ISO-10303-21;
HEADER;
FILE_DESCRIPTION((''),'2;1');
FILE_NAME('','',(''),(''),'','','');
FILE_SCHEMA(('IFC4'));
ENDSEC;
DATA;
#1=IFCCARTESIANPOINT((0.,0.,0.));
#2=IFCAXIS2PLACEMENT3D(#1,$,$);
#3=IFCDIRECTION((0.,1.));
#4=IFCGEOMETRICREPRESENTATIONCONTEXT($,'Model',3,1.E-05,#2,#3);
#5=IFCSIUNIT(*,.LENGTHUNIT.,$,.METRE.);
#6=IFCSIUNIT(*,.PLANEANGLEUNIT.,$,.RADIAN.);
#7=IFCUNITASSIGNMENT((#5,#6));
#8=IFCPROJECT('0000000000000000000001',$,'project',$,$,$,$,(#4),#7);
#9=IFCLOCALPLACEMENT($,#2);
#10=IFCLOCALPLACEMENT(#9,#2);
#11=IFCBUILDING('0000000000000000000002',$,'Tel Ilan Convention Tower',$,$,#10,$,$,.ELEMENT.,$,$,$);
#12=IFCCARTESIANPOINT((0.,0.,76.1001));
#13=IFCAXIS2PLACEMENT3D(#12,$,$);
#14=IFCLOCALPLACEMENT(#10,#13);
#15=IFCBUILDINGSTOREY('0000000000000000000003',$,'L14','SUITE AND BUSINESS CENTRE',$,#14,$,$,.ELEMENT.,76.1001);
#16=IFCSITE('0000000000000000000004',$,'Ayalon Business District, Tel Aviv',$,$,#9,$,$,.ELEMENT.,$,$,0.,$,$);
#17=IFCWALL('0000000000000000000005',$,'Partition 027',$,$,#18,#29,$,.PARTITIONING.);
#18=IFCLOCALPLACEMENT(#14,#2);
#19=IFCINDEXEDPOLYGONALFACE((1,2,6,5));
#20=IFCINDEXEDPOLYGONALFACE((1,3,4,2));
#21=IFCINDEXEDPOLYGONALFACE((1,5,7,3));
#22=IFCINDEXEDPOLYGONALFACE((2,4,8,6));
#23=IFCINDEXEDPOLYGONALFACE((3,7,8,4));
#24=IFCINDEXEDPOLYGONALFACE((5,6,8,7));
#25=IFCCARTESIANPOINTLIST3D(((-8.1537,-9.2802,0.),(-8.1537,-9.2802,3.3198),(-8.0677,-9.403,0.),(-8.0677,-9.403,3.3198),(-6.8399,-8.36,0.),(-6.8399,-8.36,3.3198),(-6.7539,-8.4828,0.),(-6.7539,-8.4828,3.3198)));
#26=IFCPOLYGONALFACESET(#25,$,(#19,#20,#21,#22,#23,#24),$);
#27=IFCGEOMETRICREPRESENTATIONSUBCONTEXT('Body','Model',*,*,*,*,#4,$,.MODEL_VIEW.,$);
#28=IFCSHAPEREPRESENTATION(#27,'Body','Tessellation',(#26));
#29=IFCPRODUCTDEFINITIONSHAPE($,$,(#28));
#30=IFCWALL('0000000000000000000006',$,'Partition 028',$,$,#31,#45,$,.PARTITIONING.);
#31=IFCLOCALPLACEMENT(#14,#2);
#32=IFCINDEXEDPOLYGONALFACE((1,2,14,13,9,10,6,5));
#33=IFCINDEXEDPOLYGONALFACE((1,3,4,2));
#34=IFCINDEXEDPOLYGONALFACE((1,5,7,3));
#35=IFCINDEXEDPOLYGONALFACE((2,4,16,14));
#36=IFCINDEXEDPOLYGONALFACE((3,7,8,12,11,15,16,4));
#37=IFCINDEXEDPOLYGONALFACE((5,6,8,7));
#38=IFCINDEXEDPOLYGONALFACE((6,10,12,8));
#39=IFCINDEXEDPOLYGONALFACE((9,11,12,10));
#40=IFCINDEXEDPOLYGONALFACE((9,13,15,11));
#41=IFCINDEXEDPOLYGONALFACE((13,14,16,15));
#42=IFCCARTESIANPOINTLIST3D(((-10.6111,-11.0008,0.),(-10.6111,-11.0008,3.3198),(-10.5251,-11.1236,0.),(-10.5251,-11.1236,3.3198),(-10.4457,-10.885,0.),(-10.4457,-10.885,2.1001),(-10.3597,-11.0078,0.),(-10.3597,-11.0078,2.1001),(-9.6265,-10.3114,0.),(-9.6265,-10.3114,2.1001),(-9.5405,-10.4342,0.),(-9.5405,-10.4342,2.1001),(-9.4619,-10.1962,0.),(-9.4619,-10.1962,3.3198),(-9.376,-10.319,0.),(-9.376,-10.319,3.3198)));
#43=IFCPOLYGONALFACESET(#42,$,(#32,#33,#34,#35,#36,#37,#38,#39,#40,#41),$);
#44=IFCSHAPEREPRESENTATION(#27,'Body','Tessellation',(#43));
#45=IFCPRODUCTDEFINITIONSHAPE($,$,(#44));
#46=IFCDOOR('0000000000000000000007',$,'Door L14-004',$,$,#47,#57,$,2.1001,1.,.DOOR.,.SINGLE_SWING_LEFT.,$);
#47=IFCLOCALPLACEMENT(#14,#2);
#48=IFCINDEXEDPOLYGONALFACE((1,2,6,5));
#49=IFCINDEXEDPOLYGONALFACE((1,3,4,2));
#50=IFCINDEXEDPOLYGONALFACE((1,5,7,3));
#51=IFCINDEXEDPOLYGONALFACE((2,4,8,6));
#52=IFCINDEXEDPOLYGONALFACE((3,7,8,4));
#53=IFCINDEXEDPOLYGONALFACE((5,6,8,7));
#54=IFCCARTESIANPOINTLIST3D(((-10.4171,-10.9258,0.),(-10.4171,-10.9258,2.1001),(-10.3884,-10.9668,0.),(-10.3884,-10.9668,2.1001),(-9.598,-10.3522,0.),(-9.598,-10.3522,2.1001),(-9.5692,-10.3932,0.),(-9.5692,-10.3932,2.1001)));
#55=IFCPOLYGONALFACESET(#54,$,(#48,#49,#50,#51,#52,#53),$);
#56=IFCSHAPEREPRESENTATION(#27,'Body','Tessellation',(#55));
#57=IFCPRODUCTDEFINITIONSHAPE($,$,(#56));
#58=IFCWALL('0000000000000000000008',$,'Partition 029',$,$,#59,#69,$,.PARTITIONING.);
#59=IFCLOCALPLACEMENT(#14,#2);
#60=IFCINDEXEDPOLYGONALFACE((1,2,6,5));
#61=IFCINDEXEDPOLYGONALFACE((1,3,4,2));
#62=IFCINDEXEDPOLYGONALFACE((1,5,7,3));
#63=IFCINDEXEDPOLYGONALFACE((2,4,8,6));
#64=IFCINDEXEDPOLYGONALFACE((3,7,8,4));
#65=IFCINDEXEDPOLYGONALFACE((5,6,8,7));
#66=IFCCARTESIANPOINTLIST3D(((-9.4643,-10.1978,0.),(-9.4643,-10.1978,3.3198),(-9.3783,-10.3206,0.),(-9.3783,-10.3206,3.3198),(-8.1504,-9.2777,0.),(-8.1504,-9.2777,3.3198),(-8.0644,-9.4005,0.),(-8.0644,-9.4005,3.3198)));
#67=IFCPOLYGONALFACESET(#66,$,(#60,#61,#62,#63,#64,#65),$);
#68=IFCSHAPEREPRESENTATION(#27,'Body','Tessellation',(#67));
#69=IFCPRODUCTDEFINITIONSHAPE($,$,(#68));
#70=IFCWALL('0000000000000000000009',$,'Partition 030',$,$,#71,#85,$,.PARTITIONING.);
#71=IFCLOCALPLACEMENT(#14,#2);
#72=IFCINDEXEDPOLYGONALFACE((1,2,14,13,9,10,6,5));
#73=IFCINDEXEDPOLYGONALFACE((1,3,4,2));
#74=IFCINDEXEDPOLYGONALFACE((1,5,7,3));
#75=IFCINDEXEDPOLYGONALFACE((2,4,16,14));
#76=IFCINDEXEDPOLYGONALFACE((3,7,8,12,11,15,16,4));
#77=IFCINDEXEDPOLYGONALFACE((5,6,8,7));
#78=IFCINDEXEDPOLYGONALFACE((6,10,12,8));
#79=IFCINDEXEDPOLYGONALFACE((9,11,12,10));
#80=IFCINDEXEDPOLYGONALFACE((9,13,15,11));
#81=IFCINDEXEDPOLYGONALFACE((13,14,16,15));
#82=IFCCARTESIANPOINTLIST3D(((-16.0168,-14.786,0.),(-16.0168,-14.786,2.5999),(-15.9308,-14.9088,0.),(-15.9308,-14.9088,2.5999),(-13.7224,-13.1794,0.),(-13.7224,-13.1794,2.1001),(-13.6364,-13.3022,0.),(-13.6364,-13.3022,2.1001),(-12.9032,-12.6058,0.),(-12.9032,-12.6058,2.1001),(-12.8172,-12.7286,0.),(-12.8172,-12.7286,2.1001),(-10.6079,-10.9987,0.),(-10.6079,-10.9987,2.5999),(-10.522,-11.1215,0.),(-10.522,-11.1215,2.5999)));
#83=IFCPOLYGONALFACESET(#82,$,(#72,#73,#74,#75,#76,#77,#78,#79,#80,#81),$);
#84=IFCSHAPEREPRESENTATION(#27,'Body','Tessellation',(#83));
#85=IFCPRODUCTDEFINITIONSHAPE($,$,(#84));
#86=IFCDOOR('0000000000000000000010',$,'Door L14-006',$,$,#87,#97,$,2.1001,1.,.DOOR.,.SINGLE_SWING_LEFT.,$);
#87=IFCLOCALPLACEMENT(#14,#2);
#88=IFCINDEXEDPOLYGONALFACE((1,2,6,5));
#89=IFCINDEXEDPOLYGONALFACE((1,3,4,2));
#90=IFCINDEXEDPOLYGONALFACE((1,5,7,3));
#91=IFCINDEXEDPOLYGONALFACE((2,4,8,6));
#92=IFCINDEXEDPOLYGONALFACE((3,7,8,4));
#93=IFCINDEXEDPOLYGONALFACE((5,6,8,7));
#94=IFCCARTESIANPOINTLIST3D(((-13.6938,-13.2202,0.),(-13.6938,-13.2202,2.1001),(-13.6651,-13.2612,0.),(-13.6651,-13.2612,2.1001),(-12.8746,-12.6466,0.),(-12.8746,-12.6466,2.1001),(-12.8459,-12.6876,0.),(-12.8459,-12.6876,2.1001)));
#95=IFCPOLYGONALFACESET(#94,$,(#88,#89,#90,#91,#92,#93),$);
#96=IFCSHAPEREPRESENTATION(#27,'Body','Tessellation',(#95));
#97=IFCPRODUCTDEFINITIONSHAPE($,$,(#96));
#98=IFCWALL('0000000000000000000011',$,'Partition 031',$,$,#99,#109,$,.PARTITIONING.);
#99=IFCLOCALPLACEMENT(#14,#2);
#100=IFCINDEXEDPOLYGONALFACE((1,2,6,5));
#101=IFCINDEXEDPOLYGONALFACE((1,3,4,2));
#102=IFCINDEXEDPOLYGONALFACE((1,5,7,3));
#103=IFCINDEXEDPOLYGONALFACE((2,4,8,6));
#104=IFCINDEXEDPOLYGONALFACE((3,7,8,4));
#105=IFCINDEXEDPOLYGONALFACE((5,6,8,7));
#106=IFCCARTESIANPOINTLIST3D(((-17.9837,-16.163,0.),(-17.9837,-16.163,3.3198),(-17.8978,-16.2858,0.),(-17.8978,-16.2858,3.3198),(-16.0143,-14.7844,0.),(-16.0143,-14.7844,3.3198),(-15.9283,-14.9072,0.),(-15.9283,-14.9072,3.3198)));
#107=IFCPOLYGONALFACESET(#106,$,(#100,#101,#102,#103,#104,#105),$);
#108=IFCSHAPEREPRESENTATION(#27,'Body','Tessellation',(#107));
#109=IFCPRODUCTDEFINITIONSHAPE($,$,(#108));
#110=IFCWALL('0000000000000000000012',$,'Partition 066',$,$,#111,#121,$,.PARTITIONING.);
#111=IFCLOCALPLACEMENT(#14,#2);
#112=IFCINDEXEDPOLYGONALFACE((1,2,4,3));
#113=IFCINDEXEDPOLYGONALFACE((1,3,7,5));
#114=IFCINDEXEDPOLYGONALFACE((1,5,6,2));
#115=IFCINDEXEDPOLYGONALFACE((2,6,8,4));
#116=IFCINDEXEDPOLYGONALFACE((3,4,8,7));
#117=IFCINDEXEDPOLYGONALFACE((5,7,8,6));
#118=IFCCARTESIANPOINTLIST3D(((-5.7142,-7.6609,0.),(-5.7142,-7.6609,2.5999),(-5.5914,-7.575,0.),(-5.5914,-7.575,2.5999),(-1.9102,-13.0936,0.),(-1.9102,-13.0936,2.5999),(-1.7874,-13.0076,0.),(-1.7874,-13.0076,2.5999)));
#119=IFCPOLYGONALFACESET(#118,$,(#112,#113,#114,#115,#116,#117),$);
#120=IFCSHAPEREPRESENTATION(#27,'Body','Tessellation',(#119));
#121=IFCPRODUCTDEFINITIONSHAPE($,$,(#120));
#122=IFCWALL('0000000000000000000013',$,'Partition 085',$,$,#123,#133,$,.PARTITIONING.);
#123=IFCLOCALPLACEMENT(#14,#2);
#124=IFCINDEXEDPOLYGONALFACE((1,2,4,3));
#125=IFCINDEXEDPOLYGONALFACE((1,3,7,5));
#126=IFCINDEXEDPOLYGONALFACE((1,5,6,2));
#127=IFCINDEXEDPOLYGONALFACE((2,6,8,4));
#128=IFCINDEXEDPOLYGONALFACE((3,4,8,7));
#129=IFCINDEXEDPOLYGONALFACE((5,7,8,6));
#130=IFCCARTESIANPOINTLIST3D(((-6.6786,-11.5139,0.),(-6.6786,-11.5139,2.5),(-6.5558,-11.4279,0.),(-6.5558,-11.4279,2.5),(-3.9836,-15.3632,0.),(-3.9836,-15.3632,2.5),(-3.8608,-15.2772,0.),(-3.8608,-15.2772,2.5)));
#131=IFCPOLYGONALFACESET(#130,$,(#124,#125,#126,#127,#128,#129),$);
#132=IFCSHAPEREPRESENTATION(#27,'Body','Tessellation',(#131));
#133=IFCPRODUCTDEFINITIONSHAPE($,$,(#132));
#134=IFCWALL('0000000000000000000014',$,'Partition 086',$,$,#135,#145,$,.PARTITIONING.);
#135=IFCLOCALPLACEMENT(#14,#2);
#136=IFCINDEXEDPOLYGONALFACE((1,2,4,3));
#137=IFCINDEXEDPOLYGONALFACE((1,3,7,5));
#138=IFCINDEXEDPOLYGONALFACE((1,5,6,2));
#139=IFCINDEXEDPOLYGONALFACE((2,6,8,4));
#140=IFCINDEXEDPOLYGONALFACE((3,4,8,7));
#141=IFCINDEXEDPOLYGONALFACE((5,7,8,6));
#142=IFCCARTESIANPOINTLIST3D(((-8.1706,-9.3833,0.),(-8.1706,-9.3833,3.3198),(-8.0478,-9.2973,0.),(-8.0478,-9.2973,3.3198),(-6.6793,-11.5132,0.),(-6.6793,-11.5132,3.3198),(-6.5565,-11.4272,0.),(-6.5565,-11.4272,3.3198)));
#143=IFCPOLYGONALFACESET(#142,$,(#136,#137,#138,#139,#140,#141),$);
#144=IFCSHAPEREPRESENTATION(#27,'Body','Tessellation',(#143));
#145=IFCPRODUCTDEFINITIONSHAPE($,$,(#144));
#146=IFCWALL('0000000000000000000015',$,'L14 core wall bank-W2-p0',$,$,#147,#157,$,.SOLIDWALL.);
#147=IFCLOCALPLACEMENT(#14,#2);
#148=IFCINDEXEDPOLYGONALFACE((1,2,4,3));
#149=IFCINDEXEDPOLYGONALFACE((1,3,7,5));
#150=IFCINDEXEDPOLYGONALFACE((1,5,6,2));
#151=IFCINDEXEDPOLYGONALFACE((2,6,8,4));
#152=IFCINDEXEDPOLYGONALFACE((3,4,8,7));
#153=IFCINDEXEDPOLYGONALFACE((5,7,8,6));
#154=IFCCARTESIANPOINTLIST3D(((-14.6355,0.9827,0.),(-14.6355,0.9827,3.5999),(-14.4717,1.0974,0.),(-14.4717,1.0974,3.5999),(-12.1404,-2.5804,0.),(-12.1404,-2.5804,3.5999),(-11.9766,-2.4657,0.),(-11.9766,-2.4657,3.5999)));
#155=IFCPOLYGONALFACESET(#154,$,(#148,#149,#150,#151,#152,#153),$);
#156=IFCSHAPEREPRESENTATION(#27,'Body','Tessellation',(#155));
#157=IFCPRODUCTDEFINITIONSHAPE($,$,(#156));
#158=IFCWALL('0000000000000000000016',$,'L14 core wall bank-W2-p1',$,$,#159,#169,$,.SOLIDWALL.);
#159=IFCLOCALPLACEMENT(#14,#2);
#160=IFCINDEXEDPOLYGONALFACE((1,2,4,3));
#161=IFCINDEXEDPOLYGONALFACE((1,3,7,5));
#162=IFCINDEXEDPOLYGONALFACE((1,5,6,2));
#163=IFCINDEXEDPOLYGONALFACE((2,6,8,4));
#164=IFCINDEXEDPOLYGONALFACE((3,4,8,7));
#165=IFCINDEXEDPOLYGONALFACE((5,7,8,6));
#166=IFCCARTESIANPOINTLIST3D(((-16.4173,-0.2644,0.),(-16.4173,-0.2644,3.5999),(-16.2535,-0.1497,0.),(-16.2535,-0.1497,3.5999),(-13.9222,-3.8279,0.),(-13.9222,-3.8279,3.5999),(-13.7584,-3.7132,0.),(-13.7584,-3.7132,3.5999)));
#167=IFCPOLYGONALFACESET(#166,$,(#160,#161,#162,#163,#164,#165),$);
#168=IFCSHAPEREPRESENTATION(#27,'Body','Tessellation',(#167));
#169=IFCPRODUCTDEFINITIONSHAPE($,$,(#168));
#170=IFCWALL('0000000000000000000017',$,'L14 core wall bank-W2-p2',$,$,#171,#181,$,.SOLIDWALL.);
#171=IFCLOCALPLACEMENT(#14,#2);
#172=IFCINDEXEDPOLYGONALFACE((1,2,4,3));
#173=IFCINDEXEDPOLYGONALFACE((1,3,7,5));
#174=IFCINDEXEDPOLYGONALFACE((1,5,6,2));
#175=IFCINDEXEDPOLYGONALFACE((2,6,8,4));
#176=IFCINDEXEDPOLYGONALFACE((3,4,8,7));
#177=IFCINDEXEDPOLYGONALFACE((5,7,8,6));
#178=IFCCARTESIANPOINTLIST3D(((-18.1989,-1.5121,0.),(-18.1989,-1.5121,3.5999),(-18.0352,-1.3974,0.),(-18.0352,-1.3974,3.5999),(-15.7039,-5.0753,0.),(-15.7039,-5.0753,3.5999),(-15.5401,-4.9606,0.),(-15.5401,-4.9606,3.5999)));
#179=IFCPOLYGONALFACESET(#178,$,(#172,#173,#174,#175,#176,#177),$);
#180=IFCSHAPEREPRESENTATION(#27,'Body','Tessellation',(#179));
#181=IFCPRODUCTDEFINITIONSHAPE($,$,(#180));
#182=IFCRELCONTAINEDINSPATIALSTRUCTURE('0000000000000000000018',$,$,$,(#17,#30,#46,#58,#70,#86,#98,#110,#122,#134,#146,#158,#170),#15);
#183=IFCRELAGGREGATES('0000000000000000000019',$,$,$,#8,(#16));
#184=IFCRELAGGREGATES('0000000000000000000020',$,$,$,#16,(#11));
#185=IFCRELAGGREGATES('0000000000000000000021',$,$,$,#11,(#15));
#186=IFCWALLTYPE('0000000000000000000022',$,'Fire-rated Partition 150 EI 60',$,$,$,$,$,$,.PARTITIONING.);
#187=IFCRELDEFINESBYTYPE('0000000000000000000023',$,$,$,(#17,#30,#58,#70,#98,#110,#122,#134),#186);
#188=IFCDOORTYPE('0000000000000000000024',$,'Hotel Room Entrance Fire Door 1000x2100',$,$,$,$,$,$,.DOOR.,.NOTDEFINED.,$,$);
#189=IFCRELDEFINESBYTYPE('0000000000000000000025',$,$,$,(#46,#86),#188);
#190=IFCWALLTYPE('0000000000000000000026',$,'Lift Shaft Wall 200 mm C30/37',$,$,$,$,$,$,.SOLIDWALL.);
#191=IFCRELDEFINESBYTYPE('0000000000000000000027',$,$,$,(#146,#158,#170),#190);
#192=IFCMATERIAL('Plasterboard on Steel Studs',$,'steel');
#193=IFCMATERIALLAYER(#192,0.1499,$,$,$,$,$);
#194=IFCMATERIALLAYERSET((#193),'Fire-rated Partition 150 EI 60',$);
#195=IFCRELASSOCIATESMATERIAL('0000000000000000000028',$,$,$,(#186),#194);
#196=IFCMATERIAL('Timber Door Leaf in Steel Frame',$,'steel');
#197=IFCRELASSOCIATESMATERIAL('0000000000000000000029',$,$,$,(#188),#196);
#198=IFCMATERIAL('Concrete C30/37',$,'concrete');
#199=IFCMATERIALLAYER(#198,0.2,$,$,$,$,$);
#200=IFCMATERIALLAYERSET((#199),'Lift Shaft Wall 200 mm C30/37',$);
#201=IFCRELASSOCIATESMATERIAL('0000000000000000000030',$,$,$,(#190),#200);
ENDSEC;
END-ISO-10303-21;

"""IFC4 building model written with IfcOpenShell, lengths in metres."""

from ifc_helpers import new_model, si_unit, direction, frame, frame_2d, origin, place, context, subcontext, project, spatial, rectangle, extrude, material, layer, layer_set, type_object, element, fill, save


model = new_model("IFC4")

# Units and contexts
model_context = context("Model", 3, precision=1e-05, world=origin(), true_north=direction((0.0, 1.0)))
body_context = subcontext(model_context, "Body", "Model", "MODEL_VIEW")
ifc_project = project(units=[si_unit("LENGTHUNIT", "METRE"), si_unit("PLANEANGLEUNIT", "RADIAN")], contexts=[model_context])

# Site, building, storey
site_placement = place(None, origin())
site = spatial("IfcSite", under=ifc_project, at=site_placement, Name="Ayalon Business District, Tel Aviv", CompositionType="ELEMENT", RefElevation=0.0)
building_placement = place(site_placement, origin())
building = spatial("IfcBuilding", under=site, at=building_placement, Name="Tel Ilan Convention Tower", CompositionType="ELEMENT")
storey_placement = place(building_placement, frame((0.0, 0.0, 76.1001)))
storey = spatial("IfcBuildingStorey", under=building, at=storey_placement, Name="L14", Description="SUITE AND BUSINESS CENTRE", CompositionType="ELEMENT", Elevation=76.1001)

# Shared definitions
ifc_material_1 = material(Name="Plasterboard on Steel Studs", Category="steel")
ifc_layer_1 = layer(ifc_material_1, 0.1499)
ifc_layer_set_1 = layer_set([ifc_layer_1], Name="Fire-rated Partition 150 EI 60")
wall_type_1 = type_object("IfcWallType", Name="Fire-rated Partition 150 EI 60", PredefinedType="PARTITIONING", material=ifc_layer_set_1)
ifc_material_2 = material(Name="Timber Door Leaf in Steel Frame", Category="steel")
door_type_1 = type_object("IfcDoorType", Name="Hotel Room Entrance Fire Door 1000x2100", OperationType="NOTDEFINED", PredefinedType="DOOR", material=ifc_material_2)

# Wall
wall_1_placement = place(storey_placement, frame((-6.7969, -8.4214, 0.0), z_axis=(0.0, 0.0, 1.0), x_axis=(-0.819067, -0.573697, 0.0)))
element("IfcWall", 1, at=wall_1_placement, inside=storey, type_object=wall_type_1, Name="Partition 027", PredefinedType="PARTITIONING", context=body_context, shape_type="SweptSolid", body=[
    extrude(rectangle(XDim=1.604, YDim=0.1499, at=frame_2d((0.802, 0.0))), origin(), (0.0, 0.0, 1.0), 3.3198),
])

# Wall, opening, door
wall_2_placement = place(storey_placement, frame((-9.4189, -10.2576, 0.0), z_axis=(0.0, 0.0, 1.0), x_axis=(-0.819142, -0.573591, 0.0)))
wall_2 = element("IfcWall", 2, at=wall_2_placement, inside=storey, type_object=wall_type_1, Name="Partition 028", PredefinedType="PARTITIONING", context=body_context, shape_type="SweptSolid", body=[
    extrude(rectangle(XDim=1.4028, YDim=0.1499, at=frame_2d((0.7014, 0.0))), origin(), (0.0, 0.0, 1.0), 3.3198),
])
opening_1_placement = place(wall_2_placement, frame((0.2009, 0.0, 0.0)))
opening_1 = element("IfcOpeningElement", 3, at=opening_1_placement, cuts=wall_2, PredefinedType="OPENING", context=body_context, shape_type="SweptSolid", body=[
    extrude(rectangle(XDim=1.0, YDim=2.1001, at=frame_2d((0.5, 1.05))), frame((0.0, 0.085, 0.0), z_axis=(0.0, -1.0, 0.0), x_axis=(1.0, 0.0, 0.0)), (0.0, 0.0, 1.0), 0.1699),
])
door_1_placement = place(opening_1_placement, origin())
door_1 = element("IfcDoor", 4, at=door_1_placement, inside=storey, type_object=door_type_1, Name="Door L14-004", OperationType="SINGLE_SWING_LEFT", OverallHeight=2.1001, OverallWidth=1.0, PredefinedType="DOOR", context=body_context, shape_type="SweptSolid", body=[
    extrude(rectangle(XDim=1.0, YDim=2.1001, at=frame_2d((0.5, 1.05))), frame((0.0, 0.0249, 0.0), z_axis=(0.0, -1.0, 0.0), x_axis=(1.0, 0.0, 0.0)), (0.0, 0.0, 1.0), 0.05),
])
fill(opening_1, door_1)

# Wall
wall_3_placement = place(storey_placement, frame((-8.1074, -9.3391, 0.0), z_axis=(0.0, 0.0, 1.0), x_axis=(-0.819118, -0.573626, 0.0)))
element("IfcWall", 5, at=wall_3_placement, inside=storey, type_object=wall_type_1, Name="Partition 029", PredefinedType="PARTITIONING", context=body_context, shape_type="SweptSolid", body=[
    extrude(rectangle(XDim=1.604, YDim=0.1499, at=frame_2d((0.802, 0.0))), origin(), (0.0, 0.0, 1.0), 3.3198),
])

# Wall, opening, door
wall_4_placement = place(storey_placement, frame((-10.5649, -11.0601, 0.0), z_axis=(0.0, 0.0, 1.0), x_axis=(-0.819154, -0.573574, 0.0)))
wall_4 = element("IfcWall", 6, at=wall_4_placement, inside=storey, type_object=wall_type_1, Name="Partition 030", PredefinedType="PARTITIONING", context=body_context, shape_type="SweptSolid", body=[
    extrude(rectangle(XDim=6.603, YDim=0.1499, at=frame_2d((3.3015, 0.0))), origin(), (0.0, 0.0, 1.0), 2.5999),
])
opening_2_placement = place(wall_4_placement, frame((2.802, 0.0, 0.0)))
opening_2 = element("IfcOpeningElement", 7, at=opening_2_placement, cuts=wall_4, PredefinedType="OPENING", context=body_context, shape_type="SweptSolid", body=[
    extrude(rectangle(XDim=1.0, YDim=2.1001, at=frame_2d((0.5, 1.05))), frame((0.0, 0.085, 0.0), z_axis=(0.0, -1.0, 0.0), x_axis=(1.0, 0.0, 0.0)), (0.0, 0.0, 1.0), 0.1699),
])
door_2_placement = place(opening_2_placement, origin())
door_2 = element("IfcDoor", 8, at=door_2_placement, inside=storey, type_object=door_type_1, Name="Door L14-006", OperationType="SINGLE_SWING_LEFT", OverallHeight=2.1001, OverallWidth=1.0, PredefinedType="DOOR", context=body_context, shape_type="SweptSolid", body=[
    extrude(rectangle(XDim=1.0, YDim=2.1001, at=frame_2d((0.5, 1.05))), frame((0.0, 0.0249, 0.0), z_axis=(0.0, -1.0, 0.0), x_axis=(1.0, 0.0, 0.0)), (0.0, 0.0, 1.0), 0.05),
])
fill(opening_2, door_2)

# Walls
wall_5_placement = place(storey_placement, frame((-15.9712, -14.8457, 0.0), z_axis=(0.0, 0.0, 1.0), x_axis=(-0.819227, -0.573469, 0.0)))
element("IfcWall", 9, at=wall_5_placement, inside=storey, type_object=wall_type_1, Name="Partition 031", PredefinedType="PARTITIONING", context=body_context, shape_type="SweptSolid", body=[
    extrude(rectangle(XDim=2.4041, YDim=0.1499, at=frame_2d((1.2021, 0.0))), origin(), (0.0, 0.0, 1.0), 3.3198),
])
wall_6_placement = place(storey_placement, frame((-1.8489, -13.0505, 0.0), z_axis=(0.0, 0.0, 1.0), x_axis=(-0.573576, 0.819152, 0.0)))
element("IfcWall", 10, at=wall_6_placement, inside=storey, type_object=wall_type_1, Name="Partition 066", PredefinedType="PARTITIONING", context=body_context, shape_type="SweptSolid", body=[
    extrude(rectangle(XDim=6.6321, YDim=0.1499, at=frame_2d((3.3159, 0.0))), origin(), (0.0, 0.0, 1.0), 2.5999),
])
wall_7_placement = place(storey_placement, frame((-3.9221, -15.3203, 0.0), z_axis=(0.0, 0.0, 1.0), x_axis=(-0.573536, 0.819181, 0.0)))
element("IfcWall", 11, at=wall_7_placement, inside=storey, type_object=wall_type_1, Name="Partition 085", PredefinedType="PARTITIONING", context=body_context, shape_type="SweptSolid", body=[
    extrude(rectangle(XDim=4.699, YDim=0.1499, at=frame_2d((2.3496, 0.0))), origin(), (0.0, 0.0, 1.0), 2.5),
])
wall_8_placement = place(storey_placement, frame((-6.6179, -11.4702, 0.0), z_axis=(0.0, 0.0, 1.0), x_axis=(-0.573538, 0.819179, 0.0)))
element("IfcWall", 12, at=wall_8_placement, inside=storey, type_object=wall_type_1, Name="Partition 086", PredefinedType="PARTITIONING", context=body_context, shape_type="SweptSolid", body=[
    extrude(rectangle(XDim=2.6001, YDim=0.1499, at=frame_2d((1.3, 0.0))), origin(), (0.0, 0.0, 1.0), 3.3198),
])
ifc_material_3 = material(Name="Concrete C30/37", Category="concrete")
ifc_layer_2 = layer(ifc_material_3, 0.2)
ifc_layer_set_2 = layer_set([ifc_layer_2], Name="Lift Shaft Wall 200 mm C30/37")
wall_type_2 = type_object("IfcWallType", Name="Lift Shaft Wall 200 mm C30/37", PredefinedType="SOLIDWALL", material=ifc_layer_set_2)
wall_9_placement = place(storey_placement, frame((-12.0586, -2.5229, 0.0), z_axis=(0.0, 0.0, 1.0), x_axis=(-0.573594, 0.81914, 0.0)))
element("IfcWall", 13, at=wall_9_placement, inside=storey, type_object=wall_type_2, Name="L14 core wall bank-W2-p0", PredefinedType="SOLIDWALL", context=body_context, shape_type="SweptSolid", body=[
    extrude(rectangle(XDim=4.3499, YDim=0.2, at=frame_2d((2.1748, 0.0))), origin(), (0.0, 0.0, 1.0), 3.5999),
])
wall_10_placement = place(storey_placement, frame((-13.8403, -3.7705, 0.0), z_axis=(0.0, 0.0, 1.0), x_axis=(-0.573568, 0.819158, 0.0)))
element("IfcWall", 14, at=wall_10_placement, inside=storey, type_object=wall_type_2, Name="L14 core wall bank-W2-p1", PredefinedType="SOLIDWALL", context=body_context, shape_type="SweptSolid", body=[
    extrude(rectangle(XDim=4.3501, YDim=0.2, at=frame_2d((2.175, 0.0))), origin(), (0.0, 0.0, 1.0), 3.5999),
])
wall_11_placement = place(storey_placement, frame((-15.6221, -5.0178, 0.0), z_axis=(0.0, 0.0, 1.0), x_axis=(-0.573594, 0.81914, 0.0)))
element("IfcWall", 15, at=wall_11_placement, inside=storey, type_object=wall_type_2, Name="L14 core wall bank-W2-p2", PredefinedType="SOLIDWALL", context=body_context, shape_type="SweptSolid", body=[
    extrude(rectangle(XDim=4.3499, YDim=0.2, at=frame_2d((2.1748, 0.0))), origin(), (0.0, 0.0, 1.0), 3.5999),
])

save(model, "model.ifc")
